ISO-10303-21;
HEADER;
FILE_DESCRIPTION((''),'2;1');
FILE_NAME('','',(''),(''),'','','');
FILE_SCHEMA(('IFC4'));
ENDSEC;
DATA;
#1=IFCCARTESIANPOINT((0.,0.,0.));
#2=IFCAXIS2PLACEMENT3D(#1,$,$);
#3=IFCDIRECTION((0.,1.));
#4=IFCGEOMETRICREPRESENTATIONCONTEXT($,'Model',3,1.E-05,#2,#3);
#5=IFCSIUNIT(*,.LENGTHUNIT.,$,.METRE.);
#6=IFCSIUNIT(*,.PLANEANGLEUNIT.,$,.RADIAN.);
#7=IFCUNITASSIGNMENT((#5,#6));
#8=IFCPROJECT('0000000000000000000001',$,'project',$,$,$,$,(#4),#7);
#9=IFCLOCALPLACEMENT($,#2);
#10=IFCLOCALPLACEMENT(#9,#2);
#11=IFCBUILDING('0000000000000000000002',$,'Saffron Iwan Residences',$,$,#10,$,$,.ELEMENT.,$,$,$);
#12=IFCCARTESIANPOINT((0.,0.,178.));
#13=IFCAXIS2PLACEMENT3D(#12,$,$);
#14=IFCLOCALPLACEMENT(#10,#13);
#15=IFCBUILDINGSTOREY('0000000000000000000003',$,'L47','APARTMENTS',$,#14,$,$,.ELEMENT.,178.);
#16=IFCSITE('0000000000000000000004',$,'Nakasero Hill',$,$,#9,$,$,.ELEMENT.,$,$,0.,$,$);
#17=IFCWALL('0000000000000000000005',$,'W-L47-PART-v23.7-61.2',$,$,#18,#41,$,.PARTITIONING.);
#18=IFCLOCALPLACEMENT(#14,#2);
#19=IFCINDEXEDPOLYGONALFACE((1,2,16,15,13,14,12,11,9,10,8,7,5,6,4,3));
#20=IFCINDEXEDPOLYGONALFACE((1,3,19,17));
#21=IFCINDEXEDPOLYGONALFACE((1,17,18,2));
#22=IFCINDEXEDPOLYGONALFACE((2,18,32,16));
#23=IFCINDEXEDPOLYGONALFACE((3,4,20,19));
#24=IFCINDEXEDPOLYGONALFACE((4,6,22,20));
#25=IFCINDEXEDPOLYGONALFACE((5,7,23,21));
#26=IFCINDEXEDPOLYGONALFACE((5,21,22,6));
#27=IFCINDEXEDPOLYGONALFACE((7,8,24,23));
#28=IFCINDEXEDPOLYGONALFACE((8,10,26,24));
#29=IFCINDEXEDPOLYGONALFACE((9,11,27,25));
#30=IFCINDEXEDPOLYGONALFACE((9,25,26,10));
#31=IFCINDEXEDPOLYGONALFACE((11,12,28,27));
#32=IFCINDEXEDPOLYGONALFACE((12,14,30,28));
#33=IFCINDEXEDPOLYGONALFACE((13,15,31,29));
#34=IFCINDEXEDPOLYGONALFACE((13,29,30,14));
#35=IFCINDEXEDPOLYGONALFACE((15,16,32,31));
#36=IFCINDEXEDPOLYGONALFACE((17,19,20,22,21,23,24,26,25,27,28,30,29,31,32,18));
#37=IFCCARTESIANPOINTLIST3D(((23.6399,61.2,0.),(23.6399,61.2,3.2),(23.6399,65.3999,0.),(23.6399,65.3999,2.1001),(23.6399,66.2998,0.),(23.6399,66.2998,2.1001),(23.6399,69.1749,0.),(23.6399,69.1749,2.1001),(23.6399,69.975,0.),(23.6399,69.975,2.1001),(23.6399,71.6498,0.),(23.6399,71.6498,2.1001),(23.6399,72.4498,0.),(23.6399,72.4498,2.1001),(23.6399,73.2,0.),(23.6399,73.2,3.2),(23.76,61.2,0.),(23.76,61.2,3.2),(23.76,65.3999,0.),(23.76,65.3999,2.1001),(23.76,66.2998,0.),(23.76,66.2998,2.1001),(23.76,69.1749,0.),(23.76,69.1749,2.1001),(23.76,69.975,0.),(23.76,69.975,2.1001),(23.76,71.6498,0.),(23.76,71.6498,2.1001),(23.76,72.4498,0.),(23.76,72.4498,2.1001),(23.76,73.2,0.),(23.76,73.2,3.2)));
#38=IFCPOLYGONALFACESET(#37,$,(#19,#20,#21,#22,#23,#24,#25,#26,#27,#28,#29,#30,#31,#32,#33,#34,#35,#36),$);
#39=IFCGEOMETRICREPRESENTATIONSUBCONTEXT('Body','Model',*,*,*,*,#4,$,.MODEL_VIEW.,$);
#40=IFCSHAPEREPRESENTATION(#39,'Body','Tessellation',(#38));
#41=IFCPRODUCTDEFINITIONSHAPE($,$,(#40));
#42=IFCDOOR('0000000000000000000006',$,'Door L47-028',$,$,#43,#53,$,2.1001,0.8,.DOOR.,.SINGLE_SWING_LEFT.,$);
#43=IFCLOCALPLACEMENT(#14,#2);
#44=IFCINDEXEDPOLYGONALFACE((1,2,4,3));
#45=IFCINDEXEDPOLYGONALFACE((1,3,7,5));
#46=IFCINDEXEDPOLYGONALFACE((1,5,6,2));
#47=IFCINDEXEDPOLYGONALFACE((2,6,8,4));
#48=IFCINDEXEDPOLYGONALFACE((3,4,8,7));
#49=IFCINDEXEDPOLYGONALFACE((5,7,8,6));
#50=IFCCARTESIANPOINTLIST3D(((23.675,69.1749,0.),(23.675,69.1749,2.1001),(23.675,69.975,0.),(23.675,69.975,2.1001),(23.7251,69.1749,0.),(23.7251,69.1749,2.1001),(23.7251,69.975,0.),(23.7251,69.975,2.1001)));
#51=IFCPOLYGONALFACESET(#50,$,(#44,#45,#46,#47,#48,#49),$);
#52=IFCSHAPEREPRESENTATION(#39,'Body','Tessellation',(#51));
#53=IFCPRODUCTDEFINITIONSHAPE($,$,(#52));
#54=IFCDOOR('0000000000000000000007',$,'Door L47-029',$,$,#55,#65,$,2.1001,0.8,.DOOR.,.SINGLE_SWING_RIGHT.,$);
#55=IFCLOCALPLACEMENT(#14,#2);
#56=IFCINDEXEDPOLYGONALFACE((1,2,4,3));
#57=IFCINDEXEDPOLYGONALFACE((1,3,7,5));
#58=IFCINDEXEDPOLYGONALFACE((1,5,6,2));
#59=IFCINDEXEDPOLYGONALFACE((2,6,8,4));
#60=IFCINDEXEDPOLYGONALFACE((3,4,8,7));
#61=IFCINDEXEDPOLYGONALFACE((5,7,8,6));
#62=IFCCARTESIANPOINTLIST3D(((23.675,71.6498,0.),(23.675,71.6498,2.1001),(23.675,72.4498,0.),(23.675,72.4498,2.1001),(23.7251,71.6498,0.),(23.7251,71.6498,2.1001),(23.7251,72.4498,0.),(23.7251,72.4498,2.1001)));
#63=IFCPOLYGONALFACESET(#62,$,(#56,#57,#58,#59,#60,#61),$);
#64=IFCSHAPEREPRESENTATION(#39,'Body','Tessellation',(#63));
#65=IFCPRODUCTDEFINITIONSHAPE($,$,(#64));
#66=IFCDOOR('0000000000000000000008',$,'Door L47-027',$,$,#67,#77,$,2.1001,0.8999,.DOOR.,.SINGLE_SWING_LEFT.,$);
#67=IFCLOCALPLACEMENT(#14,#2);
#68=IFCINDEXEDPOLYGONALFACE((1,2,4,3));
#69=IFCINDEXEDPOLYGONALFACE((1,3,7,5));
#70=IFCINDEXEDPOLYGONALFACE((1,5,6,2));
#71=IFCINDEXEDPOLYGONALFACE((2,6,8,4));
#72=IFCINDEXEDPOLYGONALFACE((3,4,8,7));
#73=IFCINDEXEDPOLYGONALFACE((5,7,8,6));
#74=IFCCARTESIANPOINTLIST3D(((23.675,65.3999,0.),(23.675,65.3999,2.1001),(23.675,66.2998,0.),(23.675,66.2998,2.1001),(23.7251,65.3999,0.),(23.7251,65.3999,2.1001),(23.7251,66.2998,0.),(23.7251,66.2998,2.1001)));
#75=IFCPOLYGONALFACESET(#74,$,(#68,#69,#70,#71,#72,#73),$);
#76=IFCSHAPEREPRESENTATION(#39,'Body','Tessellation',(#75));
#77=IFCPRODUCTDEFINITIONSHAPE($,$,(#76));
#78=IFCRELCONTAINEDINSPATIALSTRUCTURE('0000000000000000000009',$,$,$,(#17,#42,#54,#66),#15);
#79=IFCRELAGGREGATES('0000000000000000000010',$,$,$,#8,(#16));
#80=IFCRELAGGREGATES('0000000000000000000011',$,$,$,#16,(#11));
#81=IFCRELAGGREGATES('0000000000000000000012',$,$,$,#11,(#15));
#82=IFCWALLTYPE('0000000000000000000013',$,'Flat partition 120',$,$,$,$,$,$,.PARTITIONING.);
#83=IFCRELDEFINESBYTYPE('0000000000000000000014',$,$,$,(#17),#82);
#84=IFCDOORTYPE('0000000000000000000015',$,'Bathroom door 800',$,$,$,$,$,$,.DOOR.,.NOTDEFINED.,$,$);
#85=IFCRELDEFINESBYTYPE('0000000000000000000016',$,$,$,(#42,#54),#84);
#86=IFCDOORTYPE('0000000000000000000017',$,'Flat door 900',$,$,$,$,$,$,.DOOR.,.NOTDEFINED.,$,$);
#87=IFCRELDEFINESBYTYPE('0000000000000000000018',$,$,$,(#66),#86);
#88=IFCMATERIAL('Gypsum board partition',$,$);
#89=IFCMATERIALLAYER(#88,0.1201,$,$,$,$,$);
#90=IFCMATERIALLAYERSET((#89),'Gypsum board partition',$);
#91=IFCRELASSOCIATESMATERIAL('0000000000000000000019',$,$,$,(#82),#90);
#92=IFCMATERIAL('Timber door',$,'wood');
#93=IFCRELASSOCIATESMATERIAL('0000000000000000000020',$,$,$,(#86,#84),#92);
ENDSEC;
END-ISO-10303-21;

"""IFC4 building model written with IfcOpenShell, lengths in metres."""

from ifc_helpers import new_model, si_unit, direction, frame, frame_2d, origin, place, context, subcontext, project, spatial, rectangle, extrude, material, layer, layer_set, type_object, element, fill, save


model = new_model("IFC4")

# Units and contexts
model_context = context("Model", 3, precision=1e-05, world=origin(), true_north=direction((0.0, 1.0)))
body_context = subcontext(model_context, "Body", "Model", "MODEL_VIEW")
ifc_project = project(units=[si_unit("LENGTHUNIT", "METRE"), si_unit("PLANEANGLEUNIT", "RADIAN")], contexts=[model_context])

# Site, building, storey
site_placement = place(None, origin())
site = spatial("IfcSite", under=ifc_project, at=site_placement, Name="Nakasero Hill", CompositionType="ELEMENT", RefElevation=0.0)
building_placement = place(site_placement, origin())
building = spatial("IfcBuilding", under=site, at=building_placement, Name="Saffron Iwan Residences", CompositionType="ELEMENT")
storey_placement = place(building_placement, frame((0.0, 0.0, 178.0)))
storey = spatial("IfcBuildingStorey", under=building, at=storey_placement, Name="L47", Description="APARTMENTS", CompositionType="ELEMENT", Elevation=178.0)

# Shared definitions
ifc_material_1 = material(Name="Gypsum board partition")
ifc_layer_1 = layer(ifc_material_1, 0.1201)
ifc_layer_set_1 = layer_set([ifc_layer_1], Name="Gypsum board partition")
wall_type_1 = type_object("IfcWallType", Name="Flat partition 120", PredefinedType="PARTITIONING", material=ifc_layer_set_1)

# Shared definitions
ifc_material_2 = material(Name="Timber door", Category="wood")
door_type_1 = type_object("IfcDoorType", Name="Flat door 900", OperationType="NOTDEFINED", PredefinedType="DOOR", material=ifc_material_2)

# Shared definitions
door_type_2 = type_object("IfcDoorType", Name="Bathroom door 800", OperationType="NOTDEFINED", PredefinedType="DOOR", material=ifc_material_2)

# Wall, openings, doors
wall_1_placement = place(storey_placement, frame((23.7, 61.2, 0.0), z_axis=(0.0, 0.0, 1.0), x_axis=(0.0, 1.0, 0.0)))
wall_1 = element("IfcWall", 1, at=wall_1_placement, inside=storey, type_object=wall_type_1, Name="W-L47-PART-v23.7-61.2", PredefinedType="PARTITIONING", context=body_context, shape_type="SweptSolid", body=[
    extrude(rectangle(XDim=12.0, YDim=0.1201, at=frame_2d((6.0, 0.0))), origin(), (0.0, 0.0, 1.0), 3.2),
])
opening_1_placement = place(wall_1_placement, frame((4.2, 0.0, 0.0)))
opening_1 = element("IfcOpeningElement", 2, at=opening_1_placement, cuts=wall_1, PredefinedType="OPENING", context=body_context, shape_type="SweptSolid", body=[
    extrude(rectangle(XDim=0.8999, YDim=2.1001, at=frame_2d((0.45, 1.05))), frame((0.0, 0.0701, 0.0), z_axis=(0.0, -1.0, 0.0), x_axis=(1.0, 0.0, 0.0)), (0.0, 0.0, 1.0), 0.1401),
])
opening_2_placement = place(wall_1_placement, frame((7.9751, 0.0, 0.0)))
opening_2 = element("IfcOpeningElement", 3, at=opening_2_placement, cuts=wall_1, PredefinedType="OPENING", context=body_context, shape_type="SweptSolid", body=[
    extrude(rectangle(XDim=0.8, YDim=2.1001, at=frame_2d((0.3999, 1.05))), frame((0.0, 0.0701, 0.0), z_axis=(0.0, -1.0, 0.0), x_axis=(1.0, 0.0, 0.0)), (0.0, 0.0, 1.0), 0.1401),
])
opening_3_placement = place(wall_1_placement, frame((10.45, 0.0, 0.0)))
opening_3 = element("IfcOpeningElement", 4, at=opening_3_placement, cuts=wall_1, PredefinedType="OPENING", context=body_context, shape_type="SweptSolid", body=[
    extrude(rectangle(XDim=0.8, YDim=2.1001, at=frame_2d((0.3999, 1.05))), frame((0.0, 0.0701, 0.0), z_axis=(0.0, -1.0, 0.0), x_axis=(1.0, 0.0, 0.0)), (0.0, 0.0, 1.0), 0.1401),
])
door_1_placement = place(opening_2_placement, origin())
door_1 = element("IfcDoor", 5, at=door_1_placement, inside=storey, type_object=door_type_2, Name="Door L47-028", OperationType="SINGLE_SWING_LEFT", OverallHeight=2.1001, OverallWidth=0.8, PredefinedType="DOOR", context=body_context, shape_type="SweptSolid", body=[
    extrude(rectangle(XDim=0.8, YDim=2.1001, at=frame_2d((0.3999, 1.05))), frame((0.0, 0.0249, 0.0), z_axis=(0.0, -1.0, 0.0), x_axis=(1.0, 0.0, 0.0)), (0.0, 0.0, 1.0), 0.05),
])
fill(opening_2, door_1)
door_2_placement = place(opening_3_placement, origin())
door_2 = element("IfcDoor", 6, at=door_2_placement, inside=storey, type_object=door_type_2, Name="Door L47-029", OperationType="SINGLE_SWING_RIGHT", OverallHeight=2.1001, OverallWidth=0.8, PredefinedType="DOOR", context=body_context, shape_type="SweptSolid", body=[
    extrude(rectangle(XDim=0.8, YDim=2.1001, at=frame_2d((0.3999, 1.05))), frame((0.0, 0.0249, 0.0), z_axis=(0.0, -1.0, 0.0), x_axis=(1.0, 0.0, 0.0)), (0.0, 0.0, 1.0), 0.05),
])
fill(opening_3, door_2)
door_3_placement = place(opening_1_placement, origin())
door_3 = element("IfcDoor", 7, at=door_3_placement, inside=storey, type_object=door_type_1, Name="Door L47-027", OperationType="SINGLE_SWING_LEFT", OverallHeight=2.1001, OverallWidth=0.8999, PredefinedType="DOOR", context=body_context, shape_type="SweptSolid", body=[
    extrude(rectangle(XDim=0.8999, YDim=2.1001, at=frame_2d((0.45, 1.05))), frame((0.0, 0.0249, 0.0), z_axis=(0.0, -1.0, 0.0), x_axis=(1.0, 0.0, 0.0)), (0.0, 0.0, 1.0), 0.05),
])
fill(opening_1, door_3)

save(model, "model.ifc")
